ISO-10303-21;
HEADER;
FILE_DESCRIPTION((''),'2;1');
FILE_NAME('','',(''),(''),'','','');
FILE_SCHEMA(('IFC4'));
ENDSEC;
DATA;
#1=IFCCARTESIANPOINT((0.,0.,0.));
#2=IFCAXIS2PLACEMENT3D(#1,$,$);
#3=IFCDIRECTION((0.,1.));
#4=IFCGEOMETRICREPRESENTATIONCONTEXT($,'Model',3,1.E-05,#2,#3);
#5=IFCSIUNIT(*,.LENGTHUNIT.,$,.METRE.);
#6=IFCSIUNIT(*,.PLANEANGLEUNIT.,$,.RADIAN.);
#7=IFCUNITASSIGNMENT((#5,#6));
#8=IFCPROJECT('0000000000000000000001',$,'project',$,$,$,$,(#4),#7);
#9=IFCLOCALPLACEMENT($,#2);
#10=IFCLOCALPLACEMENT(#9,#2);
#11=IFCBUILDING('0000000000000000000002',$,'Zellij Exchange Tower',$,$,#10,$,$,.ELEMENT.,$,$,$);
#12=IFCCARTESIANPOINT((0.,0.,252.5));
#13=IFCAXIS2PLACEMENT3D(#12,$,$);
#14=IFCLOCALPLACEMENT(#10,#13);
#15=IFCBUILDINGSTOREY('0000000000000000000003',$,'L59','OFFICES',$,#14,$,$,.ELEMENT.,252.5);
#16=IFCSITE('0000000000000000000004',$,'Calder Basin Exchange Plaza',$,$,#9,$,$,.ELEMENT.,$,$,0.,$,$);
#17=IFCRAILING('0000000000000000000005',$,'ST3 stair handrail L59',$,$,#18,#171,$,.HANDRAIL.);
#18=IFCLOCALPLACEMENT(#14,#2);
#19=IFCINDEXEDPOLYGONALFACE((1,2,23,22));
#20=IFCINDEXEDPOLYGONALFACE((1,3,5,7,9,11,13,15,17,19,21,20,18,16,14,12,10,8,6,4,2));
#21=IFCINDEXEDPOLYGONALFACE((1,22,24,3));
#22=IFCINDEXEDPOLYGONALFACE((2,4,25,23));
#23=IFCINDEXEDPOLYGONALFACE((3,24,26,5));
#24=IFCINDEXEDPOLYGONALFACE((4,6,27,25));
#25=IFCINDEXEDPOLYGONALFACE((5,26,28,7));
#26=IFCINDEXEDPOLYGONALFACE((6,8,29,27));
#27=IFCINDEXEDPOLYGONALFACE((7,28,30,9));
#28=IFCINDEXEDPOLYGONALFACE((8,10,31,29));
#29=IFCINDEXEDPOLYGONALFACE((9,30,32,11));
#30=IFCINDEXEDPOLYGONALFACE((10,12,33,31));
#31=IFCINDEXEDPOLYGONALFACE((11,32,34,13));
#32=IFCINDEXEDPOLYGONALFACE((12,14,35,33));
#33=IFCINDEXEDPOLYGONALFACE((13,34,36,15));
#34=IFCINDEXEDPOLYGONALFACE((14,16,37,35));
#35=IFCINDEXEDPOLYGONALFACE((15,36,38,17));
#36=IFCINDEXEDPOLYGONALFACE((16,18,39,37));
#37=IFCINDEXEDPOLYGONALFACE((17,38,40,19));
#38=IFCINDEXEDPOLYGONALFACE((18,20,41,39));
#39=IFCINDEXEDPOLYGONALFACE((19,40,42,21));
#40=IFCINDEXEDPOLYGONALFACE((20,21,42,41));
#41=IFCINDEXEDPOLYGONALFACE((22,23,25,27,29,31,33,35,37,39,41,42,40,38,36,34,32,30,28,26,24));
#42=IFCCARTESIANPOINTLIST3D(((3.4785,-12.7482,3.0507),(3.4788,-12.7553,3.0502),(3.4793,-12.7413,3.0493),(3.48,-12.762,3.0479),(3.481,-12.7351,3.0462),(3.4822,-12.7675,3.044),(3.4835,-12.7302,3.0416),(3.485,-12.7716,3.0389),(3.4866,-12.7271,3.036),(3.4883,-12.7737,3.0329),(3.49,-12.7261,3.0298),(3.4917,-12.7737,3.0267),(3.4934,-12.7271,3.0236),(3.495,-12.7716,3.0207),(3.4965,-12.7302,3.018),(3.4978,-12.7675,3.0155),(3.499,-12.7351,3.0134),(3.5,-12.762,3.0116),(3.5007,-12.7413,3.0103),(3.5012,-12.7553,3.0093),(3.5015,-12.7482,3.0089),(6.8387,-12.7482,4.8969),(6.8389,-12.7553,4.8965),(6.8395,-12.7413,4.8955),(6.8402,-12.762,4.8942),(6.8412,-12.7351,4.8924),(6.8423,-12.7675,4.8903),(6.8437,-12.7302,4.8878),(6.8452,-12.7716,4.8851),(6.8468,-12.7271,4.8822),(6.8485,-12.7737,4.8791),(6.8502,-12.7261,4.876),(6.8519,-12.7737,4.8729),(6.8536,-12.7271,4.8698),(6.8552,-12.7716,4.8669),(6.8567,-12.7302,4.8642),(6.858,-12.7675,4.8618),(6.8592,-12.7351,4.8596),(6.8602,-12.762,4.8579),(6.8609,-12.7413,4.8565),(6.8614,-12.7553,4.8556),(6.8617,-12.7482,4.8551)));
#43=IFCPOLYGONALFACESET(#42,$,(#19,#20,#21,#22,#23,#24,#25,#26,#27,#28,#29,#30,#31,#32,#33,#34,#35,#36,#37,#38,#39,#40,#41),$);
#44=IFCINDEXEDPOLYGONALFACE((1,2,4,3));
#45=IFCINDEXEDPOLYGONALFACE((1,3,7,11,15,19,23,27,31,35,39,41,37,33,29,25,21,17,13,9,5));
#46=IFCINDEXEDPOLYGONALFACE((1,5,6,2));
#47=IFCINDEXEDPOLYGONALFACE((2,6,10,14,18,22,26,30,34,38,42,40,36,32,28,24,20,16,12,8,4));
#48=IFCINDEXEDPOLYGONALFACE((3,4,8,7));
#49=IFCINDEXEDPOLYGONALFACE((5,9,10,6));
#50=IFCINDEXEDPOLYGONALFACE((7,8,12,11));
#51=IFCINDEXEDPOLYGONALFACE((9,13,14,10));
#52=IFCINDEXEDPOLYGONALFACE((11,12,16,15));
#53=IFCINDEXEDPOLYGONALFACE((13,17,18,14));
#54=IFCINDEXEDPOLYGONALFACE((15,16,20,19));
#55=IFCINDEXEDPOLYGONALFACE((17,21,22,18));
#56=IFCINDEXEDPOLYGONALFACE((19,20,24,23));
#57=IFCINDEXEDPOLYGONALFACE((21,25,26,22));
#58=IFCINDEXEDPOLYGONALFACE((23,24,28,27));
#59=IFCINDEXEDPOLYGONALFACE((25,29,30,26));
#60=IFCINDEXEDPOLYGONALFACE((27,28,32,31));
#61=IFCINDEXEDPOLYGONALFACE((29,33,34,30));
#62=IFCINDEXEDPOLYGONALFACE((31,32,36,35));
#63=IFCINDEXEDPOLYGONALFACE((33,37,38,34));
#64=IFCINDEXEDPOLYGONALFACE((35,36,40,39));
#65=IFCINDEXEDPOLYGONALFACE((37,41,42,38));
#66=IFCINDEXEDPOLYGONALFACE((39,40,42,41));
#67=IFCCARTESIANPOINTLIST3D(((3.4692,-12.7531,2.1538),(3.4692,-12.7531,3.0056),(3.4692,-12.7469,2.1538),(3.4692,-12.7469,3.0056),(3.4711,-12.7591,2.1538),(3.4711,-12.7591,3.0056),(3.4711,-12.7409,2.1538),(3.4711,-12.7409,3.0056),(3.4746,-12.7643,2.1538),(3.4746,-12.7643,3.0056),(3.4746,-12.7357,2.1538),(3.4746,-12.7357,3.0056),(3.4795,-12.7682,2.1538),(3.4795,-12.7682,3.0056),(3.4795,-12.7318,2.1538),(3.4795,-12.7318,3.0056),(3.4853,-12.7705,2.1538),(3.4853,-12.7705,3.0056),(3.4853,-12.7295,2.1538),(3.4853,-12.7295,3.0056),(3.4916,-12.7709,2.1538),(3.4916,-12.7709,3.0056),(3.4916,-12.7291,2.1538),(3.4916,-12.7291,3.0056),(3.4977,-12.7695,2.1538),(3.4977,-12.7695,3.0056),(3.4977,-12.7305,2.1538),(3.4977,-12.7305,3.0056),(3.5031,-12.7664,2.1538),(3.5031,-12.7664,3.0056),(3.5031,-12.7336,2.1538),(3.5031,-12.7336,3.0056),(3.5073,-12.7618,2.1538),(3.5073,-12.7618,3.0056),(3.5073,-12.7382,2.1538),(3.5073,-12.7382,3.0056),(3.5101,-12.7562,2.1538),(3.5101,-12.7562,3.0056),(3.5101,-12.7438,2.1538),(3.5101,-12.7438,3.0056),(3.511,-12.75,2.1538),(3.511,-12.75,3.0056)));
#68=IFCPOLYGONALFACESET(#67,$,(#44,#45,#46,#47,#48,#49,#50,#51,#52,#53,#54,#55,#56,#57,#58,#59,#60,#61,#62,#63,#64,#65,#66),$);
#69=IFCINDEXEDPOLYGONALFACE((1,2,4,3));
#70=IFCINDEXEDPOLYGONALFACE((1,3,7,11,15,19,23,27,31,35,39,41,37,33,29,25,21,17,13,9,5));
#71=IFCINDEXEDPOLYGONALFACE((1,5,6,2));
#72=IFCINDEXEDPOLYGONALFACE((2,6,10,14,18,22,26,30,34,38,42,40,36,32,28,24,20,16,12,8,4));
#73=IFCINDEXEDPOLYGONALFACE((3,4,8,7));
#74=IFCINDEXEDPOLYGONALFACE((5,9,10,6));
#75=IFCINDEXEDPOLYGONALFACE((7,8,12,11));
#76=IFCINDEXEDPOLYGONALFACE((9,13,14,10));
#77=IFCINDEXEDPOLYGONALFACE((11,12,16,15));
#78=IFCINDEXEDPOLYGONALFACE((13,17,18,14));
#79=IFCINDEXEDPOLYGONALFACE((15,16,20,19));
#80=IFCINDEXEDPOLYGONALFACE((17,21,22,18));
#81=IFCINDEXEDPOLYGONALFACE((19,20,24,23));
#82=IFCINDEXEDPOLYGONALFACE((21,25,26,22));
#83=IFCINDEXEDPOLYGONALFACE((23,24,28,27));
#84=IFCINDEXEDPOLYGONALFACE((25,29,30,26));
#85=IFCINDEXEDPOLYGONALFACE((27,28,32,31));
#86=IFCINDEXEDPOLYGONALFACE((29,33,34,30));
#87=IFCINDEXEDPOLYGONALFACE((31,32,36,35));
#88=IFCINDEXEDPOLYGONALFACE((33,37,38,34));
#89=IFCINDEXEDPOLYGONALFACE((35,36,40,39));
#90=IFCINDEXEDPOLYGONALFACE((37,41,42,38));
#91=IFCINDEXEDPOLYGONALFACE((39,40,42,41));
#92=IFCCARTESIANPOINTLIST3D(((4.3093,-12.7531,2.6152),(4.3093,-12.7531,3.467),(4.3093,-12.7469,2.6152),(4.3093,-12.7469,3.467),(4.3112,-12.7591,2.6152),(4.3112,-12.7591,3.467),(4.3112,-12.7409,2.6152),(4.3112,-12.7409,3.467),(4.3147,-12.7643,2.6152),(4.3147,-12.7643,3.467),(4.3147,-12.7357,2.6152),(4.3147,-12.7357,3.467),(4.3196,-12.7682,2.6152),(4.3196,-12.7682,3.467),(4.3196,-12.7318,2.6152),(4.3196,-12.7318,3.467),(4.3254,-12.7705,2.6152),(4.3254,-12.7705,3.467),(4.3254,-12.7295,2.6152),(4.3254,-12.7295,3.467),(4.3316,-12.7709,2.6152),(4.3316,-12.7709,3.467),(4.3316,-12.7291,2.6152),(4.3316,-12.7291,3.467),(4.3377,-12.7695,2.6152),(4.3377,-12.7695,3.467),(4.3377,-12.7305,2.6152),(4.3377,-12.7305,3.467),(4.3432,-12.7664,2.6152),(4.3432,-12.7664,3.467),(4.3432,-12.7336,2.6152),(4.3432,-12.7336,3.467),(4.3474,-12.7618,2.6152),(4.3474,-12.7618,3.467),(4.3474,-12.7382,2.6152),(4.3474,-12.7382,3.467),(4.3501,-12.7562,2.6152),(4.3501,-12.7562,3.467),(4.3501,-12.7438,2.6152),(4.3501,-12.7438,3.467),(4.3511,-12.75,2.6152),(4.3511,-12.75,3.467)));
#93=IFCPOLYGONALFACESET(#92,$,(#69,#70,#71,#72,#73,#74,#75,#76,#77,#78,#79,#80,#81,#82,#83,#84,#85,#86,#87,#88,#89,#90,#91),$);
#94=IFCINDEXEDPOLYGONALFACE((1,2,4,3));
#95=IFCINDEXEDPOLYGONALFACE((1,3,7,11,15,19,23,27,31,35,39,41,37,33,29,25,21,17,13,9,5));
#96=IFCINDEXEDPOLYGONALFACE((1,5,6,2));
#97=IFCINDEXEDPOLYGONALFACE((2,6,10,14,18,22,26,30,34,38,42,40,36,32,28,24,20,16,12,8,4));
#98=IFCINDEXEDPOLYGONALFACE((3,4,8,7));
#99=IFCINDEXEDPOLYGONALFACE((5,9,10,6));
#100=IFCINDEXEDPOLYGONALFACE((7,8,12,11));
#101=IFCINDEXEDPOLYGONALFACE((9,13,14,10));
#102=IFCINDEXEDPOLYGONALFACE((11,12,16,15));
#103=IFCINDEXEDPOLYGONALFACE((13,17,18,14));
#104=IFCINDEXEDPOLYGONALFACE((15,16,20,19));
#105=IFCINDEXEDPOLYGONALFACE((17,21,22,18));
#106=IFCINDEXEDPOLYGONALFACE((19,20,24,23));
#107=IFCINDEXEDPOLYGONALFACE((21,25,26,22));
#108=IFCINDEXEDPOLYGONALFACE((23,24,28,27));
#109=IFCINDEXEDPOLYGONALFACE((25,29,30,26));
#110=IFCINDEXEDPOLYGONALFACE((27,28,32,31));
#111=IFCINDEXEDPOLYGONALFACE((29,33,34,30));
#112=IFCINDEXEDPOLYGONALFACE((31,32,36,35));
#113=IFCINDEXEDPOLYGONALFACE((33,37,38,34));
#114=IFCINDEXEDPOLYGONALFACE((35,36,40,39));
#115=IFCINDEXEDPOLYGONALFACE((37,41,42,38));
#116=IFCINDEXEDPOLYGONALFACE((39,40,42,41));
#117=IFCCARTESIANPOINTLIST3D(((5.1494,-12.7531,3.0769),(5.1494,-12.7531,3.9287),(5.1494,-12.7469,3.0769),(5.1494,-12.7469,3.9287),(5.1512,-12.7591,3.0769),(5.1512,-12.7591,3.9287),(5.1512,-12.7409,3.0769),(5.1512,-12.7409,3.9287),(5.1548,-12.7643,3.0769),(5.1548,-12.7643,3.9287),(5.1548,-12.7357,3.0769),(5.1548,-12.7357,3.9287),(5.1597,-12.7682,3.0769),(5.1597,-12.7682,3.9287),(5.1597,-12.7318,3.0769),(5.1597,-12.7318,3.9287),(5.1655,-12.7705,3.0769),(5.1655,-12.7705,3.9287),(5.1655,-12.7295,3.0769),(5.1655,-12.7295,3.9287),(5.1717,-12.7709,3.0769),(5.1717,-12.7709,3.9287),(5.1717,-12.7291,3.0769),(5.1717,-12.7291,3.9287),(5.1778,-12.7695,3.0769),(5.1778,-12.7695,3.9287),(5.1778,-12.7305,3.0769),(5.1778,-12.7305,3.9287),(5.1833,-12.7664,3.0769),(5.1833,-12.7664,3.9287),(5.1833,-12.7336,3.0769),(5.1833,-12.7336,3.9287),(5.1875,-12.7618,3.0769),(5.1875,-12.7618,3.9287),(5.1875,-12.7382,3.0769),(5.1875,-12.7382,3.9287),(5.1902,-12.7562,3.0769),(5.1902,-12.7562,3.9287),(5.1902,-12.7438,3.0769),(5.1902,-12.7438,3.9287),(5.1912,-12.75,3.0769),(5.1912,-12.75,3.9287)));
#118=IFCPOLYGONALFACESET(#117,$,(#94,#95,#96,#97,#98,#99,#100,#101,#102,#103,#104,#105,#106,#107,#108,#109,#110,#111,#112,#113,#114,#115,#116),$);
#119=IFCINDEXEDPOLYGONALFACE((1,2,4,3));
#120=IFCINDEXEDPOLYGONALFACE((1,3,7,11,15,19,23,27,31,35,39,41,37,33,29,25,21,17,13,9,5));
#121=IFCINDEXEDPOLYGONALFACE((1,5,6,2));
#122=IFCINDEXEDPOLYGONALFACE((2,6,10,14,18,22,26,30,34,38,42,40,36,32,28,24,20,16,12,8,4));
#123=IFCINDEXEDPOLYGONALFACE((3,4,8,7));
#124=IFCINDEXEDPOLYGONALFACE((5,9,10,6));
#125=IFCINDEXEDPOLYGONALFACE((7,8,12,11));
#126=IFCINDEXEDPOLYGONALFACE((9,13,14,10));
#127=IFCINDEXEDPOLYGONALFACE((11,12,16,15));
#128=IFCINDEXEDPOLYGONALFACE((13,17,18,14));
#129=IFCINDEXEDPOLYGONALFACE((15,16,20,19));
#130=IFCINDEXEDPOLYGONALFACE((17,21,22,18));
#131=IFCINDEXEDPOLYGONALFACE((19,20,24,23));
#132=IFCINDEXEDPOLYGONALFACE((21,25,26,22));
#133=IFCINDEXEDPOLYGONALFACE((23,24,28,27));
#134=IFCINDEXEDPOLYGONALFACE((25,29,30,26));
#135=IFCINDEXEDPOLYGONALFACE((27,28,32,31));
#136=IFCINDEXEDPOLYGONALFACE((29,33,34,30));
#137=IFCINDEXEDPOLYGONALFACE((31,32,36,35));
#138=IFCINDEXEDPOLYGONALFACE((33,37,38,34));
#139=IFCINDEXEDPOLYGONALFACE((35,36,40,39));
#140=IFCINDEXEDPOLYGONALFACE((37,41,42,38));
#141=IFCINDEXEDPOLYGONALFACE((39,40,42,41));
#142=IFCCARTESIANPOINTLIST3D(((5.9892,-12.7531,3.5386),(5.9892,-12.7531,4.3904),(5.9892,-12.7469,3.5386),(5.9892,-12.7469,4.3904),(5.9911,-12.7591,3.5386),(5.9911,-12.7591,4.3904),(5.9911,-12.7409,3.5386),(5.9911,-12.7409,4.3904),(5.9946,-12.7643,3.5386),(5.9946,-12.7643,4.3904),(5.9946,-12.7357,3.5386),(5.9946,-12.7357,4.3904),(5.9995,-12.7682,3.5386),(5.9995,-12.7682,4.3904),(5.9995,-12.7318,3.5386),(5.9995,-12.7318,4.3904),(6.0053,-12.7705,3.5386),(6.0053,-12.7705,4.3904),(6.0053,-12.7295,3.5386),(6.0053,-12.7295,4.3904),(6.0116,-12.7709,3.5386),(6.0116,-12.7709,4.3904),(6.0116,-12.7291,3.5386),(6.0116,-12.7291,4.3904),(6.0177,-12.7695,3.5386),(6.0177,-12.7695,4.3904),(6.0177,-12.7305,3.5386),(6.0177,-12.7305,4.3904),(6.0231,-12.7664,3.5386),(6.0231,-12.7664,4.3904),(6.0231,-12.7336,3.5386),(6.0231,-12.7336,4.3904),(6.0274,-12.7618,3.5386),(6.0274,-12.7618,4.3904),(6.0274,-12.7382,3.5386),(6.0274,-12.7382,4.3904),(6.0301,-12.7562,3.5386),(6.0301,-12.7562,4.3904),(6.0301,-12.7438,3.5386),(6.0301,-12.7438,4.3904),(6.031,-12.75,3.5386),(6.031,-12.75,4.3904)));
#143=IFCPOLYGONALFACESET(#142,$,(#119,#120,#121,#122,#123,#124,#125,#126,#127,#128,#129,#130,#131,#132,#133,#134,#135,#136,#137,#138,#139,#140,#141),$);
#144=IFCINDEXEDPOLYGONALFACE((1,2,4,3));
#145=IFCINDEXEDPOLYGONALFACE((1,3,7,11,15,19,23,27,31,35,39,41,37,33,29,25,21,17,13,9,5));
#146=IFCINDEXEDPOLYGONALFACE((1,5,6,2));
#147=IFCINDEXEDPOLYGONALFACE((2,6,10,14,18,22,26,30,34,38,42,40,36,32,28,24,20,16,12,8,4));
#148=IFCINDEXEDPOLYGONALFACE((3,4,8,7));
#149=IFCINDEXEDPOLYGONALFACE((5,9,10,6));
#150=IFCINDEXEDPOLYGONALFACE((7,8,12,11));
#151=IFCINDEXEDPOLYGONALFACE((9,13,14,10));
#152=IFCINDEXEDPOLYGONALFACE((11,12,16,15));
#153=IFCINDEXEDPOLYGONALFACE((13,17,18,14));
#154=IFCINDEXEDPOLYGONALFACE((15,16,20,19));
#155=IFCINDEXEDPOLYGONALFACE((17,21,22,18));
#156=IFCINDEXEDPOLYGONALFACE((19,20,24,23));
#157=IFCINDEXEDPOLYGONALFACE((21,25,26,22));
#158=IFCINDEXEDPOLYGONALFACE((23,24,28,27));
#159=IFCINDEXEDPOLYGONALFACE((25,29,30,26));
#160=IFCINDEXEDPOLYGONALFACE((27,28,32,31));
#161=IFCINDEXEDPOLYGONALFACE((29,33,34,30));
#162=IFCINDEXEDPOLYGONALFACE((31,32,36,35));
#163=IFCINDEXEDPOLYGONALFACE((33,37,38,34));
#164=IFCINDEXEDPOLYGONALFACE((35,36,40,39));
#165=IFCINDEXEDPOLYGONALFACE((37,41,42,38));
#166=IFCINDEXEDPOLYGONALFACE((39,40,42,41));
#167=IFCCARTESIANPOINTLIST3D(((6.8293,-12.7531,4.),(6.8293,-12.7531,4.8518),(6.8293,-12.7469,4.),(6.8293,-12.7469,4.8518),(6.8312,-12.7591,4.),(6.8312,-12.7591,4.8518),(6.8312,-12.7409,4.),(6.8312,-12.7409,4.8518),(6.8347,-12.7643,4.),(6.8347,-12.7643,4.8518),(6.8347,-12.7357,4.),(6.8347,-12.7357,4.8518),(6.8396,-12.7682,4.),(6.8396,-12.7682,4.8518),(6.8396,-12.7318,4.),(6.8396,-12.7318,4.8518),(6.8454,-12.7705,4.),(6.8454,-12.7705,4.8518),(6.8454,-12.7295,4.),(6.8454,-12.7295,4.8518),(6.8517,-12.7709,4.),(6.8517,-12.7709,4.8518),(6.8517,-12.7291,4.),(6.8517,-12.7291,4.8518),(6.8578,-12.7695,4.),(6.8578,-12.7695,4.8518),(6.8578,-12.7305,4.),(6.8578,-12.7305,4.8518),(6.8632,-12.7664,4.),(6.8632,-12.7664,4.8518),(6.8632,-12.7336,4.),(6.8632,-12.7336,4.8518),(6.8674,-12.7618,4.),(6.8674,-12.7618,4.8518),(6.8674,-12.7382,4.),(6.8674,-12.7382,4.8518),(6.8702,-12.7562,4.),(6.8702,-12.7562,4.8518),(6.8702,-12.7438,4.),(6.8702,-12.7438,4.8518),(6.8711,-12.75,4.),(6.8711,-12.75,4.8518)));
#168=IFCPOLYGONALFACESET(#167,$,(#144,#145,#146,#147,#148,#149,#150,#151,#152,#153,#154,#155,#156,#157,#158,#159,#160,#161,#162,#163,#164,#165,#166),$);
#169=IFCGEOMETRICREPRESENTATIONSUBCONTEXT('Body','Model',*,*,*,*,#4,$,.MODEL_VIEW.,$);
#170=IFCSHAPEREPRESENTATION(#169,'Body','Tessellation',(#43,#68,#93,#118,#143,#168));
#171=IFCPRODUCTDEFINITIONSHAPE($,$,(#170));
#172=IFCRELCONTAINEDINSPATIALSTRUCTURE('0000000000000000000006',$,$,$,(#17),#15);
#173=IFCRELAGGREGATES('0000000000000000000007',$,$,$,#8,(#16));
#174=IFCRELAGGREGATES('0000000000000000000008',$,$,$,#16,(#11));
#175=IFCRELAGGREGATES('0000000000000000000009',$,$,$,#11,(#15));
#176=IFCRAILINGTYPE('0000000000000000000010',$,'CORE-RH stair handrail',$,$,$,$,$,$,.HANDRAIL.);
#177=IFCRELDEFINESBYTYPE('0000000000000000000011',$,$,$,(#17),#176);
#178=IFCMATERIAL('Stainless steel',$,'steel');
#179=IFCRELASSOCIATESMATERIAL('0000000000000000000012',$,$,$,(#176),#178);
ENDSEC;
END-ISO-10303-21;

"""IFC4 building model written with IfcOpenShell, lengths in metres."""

from ifc_helpers import new_model, si_unit, direction, frame, origin, origin_2d, place, context, subcontext, project, spatial, circle, extrude, material, type_object, element, save


model = new_model("IFC4")

# Units and contexts
model_context = context("Model", 3, precision=1e-05, world=origin(), true_north=direction((0.0, 1.0)))
body_context = subcontext(model_context, "Body", "Model", "MODEL_VIEW")
ifc_project = project(units=[si_unit("LENGTHUNIT", "METRE"), si_unit("PLANEANGLEUNIT", "RADIAN")], contexts=[model_context])

# Site, building, storey
site_placement = place(None, origin())
site = spatial("IfcSite", under=ifc_project, at=site_placement, Name="Calder Basin Exchange Plaza", CompositionType="ELEMENT", RefElevation=0.0)
building_placement = place(site_placement, origin())
building = spatial("IfcBuilding", under=site, at=building_placement, Name="Zellij Exchange Tower", CompositionType="ELEMENT")
storey_placement = place(building_placement, frame((0.0, 0.0, 252.5)))
storey = spatial("IfcBuildingStorey", under=building, at=storey_placement, Name="L59", Description="OFFICES", CompositionType="ELEMENT", Elevation=252.5)

# Railing
ifc_material_1 = material(Name="Stainless steel", Category="steel")
railing_type_1 = type_object("IfcRailingType", Name="CORE-RH stair handrail", PredefinedType="HANDRAIL", material=ifc_material_1)
railing_1_placement = place(storey_placement, frame((3.49, -12.75, 2.1538)))
element("IfcRailing", 1, at=railing_1_placement, inside=storey, type_object=railing_type_1, Name="ST3 stair handrail L59", PredefinedType="HANDRAIL", context=body_context, shape_type="SweptSolid", body=[
    extrude(circle(Radius=0.0239, at=origin_2d()), frame((0.0, 0.0, 0.876), z_axis=(0.876422, 0.0, 0.481545), x_axis=(0.0, 1.0, 0.0)), (0.0, 0.0, 1.0), 3.834),
    extrude(circle(Radius=0.021, at=origin_2d()), origin(), (0.0, 0.0, 1.0), 0.8518),
    extrude(circle(Radius=0.021, at=origin_2d()), frame((0.8401, 0.0, 0.4614)), (0.0, 0.0, 1.0), 0.8518),
    extrude(circle(Radius=0.021, at=origin_2d()), frame((1.6802, 0.0, 0.9231)), (0.0, 0.0, 1.0), 0.8518),
    extrude(circle(Radius=0.021, at=origin_2d()), frame((2.52, 0.0, 1.3848)), (0.0, 0.0, 1.0), 0.8518),
    extrude(circle(Radius=0.021, at=origin_2d()), frame((3.3601, 0.0, 1.8462)), (0.0, 0.0, 1.0), 0.8518),
])

save(model, "model.ifc")
